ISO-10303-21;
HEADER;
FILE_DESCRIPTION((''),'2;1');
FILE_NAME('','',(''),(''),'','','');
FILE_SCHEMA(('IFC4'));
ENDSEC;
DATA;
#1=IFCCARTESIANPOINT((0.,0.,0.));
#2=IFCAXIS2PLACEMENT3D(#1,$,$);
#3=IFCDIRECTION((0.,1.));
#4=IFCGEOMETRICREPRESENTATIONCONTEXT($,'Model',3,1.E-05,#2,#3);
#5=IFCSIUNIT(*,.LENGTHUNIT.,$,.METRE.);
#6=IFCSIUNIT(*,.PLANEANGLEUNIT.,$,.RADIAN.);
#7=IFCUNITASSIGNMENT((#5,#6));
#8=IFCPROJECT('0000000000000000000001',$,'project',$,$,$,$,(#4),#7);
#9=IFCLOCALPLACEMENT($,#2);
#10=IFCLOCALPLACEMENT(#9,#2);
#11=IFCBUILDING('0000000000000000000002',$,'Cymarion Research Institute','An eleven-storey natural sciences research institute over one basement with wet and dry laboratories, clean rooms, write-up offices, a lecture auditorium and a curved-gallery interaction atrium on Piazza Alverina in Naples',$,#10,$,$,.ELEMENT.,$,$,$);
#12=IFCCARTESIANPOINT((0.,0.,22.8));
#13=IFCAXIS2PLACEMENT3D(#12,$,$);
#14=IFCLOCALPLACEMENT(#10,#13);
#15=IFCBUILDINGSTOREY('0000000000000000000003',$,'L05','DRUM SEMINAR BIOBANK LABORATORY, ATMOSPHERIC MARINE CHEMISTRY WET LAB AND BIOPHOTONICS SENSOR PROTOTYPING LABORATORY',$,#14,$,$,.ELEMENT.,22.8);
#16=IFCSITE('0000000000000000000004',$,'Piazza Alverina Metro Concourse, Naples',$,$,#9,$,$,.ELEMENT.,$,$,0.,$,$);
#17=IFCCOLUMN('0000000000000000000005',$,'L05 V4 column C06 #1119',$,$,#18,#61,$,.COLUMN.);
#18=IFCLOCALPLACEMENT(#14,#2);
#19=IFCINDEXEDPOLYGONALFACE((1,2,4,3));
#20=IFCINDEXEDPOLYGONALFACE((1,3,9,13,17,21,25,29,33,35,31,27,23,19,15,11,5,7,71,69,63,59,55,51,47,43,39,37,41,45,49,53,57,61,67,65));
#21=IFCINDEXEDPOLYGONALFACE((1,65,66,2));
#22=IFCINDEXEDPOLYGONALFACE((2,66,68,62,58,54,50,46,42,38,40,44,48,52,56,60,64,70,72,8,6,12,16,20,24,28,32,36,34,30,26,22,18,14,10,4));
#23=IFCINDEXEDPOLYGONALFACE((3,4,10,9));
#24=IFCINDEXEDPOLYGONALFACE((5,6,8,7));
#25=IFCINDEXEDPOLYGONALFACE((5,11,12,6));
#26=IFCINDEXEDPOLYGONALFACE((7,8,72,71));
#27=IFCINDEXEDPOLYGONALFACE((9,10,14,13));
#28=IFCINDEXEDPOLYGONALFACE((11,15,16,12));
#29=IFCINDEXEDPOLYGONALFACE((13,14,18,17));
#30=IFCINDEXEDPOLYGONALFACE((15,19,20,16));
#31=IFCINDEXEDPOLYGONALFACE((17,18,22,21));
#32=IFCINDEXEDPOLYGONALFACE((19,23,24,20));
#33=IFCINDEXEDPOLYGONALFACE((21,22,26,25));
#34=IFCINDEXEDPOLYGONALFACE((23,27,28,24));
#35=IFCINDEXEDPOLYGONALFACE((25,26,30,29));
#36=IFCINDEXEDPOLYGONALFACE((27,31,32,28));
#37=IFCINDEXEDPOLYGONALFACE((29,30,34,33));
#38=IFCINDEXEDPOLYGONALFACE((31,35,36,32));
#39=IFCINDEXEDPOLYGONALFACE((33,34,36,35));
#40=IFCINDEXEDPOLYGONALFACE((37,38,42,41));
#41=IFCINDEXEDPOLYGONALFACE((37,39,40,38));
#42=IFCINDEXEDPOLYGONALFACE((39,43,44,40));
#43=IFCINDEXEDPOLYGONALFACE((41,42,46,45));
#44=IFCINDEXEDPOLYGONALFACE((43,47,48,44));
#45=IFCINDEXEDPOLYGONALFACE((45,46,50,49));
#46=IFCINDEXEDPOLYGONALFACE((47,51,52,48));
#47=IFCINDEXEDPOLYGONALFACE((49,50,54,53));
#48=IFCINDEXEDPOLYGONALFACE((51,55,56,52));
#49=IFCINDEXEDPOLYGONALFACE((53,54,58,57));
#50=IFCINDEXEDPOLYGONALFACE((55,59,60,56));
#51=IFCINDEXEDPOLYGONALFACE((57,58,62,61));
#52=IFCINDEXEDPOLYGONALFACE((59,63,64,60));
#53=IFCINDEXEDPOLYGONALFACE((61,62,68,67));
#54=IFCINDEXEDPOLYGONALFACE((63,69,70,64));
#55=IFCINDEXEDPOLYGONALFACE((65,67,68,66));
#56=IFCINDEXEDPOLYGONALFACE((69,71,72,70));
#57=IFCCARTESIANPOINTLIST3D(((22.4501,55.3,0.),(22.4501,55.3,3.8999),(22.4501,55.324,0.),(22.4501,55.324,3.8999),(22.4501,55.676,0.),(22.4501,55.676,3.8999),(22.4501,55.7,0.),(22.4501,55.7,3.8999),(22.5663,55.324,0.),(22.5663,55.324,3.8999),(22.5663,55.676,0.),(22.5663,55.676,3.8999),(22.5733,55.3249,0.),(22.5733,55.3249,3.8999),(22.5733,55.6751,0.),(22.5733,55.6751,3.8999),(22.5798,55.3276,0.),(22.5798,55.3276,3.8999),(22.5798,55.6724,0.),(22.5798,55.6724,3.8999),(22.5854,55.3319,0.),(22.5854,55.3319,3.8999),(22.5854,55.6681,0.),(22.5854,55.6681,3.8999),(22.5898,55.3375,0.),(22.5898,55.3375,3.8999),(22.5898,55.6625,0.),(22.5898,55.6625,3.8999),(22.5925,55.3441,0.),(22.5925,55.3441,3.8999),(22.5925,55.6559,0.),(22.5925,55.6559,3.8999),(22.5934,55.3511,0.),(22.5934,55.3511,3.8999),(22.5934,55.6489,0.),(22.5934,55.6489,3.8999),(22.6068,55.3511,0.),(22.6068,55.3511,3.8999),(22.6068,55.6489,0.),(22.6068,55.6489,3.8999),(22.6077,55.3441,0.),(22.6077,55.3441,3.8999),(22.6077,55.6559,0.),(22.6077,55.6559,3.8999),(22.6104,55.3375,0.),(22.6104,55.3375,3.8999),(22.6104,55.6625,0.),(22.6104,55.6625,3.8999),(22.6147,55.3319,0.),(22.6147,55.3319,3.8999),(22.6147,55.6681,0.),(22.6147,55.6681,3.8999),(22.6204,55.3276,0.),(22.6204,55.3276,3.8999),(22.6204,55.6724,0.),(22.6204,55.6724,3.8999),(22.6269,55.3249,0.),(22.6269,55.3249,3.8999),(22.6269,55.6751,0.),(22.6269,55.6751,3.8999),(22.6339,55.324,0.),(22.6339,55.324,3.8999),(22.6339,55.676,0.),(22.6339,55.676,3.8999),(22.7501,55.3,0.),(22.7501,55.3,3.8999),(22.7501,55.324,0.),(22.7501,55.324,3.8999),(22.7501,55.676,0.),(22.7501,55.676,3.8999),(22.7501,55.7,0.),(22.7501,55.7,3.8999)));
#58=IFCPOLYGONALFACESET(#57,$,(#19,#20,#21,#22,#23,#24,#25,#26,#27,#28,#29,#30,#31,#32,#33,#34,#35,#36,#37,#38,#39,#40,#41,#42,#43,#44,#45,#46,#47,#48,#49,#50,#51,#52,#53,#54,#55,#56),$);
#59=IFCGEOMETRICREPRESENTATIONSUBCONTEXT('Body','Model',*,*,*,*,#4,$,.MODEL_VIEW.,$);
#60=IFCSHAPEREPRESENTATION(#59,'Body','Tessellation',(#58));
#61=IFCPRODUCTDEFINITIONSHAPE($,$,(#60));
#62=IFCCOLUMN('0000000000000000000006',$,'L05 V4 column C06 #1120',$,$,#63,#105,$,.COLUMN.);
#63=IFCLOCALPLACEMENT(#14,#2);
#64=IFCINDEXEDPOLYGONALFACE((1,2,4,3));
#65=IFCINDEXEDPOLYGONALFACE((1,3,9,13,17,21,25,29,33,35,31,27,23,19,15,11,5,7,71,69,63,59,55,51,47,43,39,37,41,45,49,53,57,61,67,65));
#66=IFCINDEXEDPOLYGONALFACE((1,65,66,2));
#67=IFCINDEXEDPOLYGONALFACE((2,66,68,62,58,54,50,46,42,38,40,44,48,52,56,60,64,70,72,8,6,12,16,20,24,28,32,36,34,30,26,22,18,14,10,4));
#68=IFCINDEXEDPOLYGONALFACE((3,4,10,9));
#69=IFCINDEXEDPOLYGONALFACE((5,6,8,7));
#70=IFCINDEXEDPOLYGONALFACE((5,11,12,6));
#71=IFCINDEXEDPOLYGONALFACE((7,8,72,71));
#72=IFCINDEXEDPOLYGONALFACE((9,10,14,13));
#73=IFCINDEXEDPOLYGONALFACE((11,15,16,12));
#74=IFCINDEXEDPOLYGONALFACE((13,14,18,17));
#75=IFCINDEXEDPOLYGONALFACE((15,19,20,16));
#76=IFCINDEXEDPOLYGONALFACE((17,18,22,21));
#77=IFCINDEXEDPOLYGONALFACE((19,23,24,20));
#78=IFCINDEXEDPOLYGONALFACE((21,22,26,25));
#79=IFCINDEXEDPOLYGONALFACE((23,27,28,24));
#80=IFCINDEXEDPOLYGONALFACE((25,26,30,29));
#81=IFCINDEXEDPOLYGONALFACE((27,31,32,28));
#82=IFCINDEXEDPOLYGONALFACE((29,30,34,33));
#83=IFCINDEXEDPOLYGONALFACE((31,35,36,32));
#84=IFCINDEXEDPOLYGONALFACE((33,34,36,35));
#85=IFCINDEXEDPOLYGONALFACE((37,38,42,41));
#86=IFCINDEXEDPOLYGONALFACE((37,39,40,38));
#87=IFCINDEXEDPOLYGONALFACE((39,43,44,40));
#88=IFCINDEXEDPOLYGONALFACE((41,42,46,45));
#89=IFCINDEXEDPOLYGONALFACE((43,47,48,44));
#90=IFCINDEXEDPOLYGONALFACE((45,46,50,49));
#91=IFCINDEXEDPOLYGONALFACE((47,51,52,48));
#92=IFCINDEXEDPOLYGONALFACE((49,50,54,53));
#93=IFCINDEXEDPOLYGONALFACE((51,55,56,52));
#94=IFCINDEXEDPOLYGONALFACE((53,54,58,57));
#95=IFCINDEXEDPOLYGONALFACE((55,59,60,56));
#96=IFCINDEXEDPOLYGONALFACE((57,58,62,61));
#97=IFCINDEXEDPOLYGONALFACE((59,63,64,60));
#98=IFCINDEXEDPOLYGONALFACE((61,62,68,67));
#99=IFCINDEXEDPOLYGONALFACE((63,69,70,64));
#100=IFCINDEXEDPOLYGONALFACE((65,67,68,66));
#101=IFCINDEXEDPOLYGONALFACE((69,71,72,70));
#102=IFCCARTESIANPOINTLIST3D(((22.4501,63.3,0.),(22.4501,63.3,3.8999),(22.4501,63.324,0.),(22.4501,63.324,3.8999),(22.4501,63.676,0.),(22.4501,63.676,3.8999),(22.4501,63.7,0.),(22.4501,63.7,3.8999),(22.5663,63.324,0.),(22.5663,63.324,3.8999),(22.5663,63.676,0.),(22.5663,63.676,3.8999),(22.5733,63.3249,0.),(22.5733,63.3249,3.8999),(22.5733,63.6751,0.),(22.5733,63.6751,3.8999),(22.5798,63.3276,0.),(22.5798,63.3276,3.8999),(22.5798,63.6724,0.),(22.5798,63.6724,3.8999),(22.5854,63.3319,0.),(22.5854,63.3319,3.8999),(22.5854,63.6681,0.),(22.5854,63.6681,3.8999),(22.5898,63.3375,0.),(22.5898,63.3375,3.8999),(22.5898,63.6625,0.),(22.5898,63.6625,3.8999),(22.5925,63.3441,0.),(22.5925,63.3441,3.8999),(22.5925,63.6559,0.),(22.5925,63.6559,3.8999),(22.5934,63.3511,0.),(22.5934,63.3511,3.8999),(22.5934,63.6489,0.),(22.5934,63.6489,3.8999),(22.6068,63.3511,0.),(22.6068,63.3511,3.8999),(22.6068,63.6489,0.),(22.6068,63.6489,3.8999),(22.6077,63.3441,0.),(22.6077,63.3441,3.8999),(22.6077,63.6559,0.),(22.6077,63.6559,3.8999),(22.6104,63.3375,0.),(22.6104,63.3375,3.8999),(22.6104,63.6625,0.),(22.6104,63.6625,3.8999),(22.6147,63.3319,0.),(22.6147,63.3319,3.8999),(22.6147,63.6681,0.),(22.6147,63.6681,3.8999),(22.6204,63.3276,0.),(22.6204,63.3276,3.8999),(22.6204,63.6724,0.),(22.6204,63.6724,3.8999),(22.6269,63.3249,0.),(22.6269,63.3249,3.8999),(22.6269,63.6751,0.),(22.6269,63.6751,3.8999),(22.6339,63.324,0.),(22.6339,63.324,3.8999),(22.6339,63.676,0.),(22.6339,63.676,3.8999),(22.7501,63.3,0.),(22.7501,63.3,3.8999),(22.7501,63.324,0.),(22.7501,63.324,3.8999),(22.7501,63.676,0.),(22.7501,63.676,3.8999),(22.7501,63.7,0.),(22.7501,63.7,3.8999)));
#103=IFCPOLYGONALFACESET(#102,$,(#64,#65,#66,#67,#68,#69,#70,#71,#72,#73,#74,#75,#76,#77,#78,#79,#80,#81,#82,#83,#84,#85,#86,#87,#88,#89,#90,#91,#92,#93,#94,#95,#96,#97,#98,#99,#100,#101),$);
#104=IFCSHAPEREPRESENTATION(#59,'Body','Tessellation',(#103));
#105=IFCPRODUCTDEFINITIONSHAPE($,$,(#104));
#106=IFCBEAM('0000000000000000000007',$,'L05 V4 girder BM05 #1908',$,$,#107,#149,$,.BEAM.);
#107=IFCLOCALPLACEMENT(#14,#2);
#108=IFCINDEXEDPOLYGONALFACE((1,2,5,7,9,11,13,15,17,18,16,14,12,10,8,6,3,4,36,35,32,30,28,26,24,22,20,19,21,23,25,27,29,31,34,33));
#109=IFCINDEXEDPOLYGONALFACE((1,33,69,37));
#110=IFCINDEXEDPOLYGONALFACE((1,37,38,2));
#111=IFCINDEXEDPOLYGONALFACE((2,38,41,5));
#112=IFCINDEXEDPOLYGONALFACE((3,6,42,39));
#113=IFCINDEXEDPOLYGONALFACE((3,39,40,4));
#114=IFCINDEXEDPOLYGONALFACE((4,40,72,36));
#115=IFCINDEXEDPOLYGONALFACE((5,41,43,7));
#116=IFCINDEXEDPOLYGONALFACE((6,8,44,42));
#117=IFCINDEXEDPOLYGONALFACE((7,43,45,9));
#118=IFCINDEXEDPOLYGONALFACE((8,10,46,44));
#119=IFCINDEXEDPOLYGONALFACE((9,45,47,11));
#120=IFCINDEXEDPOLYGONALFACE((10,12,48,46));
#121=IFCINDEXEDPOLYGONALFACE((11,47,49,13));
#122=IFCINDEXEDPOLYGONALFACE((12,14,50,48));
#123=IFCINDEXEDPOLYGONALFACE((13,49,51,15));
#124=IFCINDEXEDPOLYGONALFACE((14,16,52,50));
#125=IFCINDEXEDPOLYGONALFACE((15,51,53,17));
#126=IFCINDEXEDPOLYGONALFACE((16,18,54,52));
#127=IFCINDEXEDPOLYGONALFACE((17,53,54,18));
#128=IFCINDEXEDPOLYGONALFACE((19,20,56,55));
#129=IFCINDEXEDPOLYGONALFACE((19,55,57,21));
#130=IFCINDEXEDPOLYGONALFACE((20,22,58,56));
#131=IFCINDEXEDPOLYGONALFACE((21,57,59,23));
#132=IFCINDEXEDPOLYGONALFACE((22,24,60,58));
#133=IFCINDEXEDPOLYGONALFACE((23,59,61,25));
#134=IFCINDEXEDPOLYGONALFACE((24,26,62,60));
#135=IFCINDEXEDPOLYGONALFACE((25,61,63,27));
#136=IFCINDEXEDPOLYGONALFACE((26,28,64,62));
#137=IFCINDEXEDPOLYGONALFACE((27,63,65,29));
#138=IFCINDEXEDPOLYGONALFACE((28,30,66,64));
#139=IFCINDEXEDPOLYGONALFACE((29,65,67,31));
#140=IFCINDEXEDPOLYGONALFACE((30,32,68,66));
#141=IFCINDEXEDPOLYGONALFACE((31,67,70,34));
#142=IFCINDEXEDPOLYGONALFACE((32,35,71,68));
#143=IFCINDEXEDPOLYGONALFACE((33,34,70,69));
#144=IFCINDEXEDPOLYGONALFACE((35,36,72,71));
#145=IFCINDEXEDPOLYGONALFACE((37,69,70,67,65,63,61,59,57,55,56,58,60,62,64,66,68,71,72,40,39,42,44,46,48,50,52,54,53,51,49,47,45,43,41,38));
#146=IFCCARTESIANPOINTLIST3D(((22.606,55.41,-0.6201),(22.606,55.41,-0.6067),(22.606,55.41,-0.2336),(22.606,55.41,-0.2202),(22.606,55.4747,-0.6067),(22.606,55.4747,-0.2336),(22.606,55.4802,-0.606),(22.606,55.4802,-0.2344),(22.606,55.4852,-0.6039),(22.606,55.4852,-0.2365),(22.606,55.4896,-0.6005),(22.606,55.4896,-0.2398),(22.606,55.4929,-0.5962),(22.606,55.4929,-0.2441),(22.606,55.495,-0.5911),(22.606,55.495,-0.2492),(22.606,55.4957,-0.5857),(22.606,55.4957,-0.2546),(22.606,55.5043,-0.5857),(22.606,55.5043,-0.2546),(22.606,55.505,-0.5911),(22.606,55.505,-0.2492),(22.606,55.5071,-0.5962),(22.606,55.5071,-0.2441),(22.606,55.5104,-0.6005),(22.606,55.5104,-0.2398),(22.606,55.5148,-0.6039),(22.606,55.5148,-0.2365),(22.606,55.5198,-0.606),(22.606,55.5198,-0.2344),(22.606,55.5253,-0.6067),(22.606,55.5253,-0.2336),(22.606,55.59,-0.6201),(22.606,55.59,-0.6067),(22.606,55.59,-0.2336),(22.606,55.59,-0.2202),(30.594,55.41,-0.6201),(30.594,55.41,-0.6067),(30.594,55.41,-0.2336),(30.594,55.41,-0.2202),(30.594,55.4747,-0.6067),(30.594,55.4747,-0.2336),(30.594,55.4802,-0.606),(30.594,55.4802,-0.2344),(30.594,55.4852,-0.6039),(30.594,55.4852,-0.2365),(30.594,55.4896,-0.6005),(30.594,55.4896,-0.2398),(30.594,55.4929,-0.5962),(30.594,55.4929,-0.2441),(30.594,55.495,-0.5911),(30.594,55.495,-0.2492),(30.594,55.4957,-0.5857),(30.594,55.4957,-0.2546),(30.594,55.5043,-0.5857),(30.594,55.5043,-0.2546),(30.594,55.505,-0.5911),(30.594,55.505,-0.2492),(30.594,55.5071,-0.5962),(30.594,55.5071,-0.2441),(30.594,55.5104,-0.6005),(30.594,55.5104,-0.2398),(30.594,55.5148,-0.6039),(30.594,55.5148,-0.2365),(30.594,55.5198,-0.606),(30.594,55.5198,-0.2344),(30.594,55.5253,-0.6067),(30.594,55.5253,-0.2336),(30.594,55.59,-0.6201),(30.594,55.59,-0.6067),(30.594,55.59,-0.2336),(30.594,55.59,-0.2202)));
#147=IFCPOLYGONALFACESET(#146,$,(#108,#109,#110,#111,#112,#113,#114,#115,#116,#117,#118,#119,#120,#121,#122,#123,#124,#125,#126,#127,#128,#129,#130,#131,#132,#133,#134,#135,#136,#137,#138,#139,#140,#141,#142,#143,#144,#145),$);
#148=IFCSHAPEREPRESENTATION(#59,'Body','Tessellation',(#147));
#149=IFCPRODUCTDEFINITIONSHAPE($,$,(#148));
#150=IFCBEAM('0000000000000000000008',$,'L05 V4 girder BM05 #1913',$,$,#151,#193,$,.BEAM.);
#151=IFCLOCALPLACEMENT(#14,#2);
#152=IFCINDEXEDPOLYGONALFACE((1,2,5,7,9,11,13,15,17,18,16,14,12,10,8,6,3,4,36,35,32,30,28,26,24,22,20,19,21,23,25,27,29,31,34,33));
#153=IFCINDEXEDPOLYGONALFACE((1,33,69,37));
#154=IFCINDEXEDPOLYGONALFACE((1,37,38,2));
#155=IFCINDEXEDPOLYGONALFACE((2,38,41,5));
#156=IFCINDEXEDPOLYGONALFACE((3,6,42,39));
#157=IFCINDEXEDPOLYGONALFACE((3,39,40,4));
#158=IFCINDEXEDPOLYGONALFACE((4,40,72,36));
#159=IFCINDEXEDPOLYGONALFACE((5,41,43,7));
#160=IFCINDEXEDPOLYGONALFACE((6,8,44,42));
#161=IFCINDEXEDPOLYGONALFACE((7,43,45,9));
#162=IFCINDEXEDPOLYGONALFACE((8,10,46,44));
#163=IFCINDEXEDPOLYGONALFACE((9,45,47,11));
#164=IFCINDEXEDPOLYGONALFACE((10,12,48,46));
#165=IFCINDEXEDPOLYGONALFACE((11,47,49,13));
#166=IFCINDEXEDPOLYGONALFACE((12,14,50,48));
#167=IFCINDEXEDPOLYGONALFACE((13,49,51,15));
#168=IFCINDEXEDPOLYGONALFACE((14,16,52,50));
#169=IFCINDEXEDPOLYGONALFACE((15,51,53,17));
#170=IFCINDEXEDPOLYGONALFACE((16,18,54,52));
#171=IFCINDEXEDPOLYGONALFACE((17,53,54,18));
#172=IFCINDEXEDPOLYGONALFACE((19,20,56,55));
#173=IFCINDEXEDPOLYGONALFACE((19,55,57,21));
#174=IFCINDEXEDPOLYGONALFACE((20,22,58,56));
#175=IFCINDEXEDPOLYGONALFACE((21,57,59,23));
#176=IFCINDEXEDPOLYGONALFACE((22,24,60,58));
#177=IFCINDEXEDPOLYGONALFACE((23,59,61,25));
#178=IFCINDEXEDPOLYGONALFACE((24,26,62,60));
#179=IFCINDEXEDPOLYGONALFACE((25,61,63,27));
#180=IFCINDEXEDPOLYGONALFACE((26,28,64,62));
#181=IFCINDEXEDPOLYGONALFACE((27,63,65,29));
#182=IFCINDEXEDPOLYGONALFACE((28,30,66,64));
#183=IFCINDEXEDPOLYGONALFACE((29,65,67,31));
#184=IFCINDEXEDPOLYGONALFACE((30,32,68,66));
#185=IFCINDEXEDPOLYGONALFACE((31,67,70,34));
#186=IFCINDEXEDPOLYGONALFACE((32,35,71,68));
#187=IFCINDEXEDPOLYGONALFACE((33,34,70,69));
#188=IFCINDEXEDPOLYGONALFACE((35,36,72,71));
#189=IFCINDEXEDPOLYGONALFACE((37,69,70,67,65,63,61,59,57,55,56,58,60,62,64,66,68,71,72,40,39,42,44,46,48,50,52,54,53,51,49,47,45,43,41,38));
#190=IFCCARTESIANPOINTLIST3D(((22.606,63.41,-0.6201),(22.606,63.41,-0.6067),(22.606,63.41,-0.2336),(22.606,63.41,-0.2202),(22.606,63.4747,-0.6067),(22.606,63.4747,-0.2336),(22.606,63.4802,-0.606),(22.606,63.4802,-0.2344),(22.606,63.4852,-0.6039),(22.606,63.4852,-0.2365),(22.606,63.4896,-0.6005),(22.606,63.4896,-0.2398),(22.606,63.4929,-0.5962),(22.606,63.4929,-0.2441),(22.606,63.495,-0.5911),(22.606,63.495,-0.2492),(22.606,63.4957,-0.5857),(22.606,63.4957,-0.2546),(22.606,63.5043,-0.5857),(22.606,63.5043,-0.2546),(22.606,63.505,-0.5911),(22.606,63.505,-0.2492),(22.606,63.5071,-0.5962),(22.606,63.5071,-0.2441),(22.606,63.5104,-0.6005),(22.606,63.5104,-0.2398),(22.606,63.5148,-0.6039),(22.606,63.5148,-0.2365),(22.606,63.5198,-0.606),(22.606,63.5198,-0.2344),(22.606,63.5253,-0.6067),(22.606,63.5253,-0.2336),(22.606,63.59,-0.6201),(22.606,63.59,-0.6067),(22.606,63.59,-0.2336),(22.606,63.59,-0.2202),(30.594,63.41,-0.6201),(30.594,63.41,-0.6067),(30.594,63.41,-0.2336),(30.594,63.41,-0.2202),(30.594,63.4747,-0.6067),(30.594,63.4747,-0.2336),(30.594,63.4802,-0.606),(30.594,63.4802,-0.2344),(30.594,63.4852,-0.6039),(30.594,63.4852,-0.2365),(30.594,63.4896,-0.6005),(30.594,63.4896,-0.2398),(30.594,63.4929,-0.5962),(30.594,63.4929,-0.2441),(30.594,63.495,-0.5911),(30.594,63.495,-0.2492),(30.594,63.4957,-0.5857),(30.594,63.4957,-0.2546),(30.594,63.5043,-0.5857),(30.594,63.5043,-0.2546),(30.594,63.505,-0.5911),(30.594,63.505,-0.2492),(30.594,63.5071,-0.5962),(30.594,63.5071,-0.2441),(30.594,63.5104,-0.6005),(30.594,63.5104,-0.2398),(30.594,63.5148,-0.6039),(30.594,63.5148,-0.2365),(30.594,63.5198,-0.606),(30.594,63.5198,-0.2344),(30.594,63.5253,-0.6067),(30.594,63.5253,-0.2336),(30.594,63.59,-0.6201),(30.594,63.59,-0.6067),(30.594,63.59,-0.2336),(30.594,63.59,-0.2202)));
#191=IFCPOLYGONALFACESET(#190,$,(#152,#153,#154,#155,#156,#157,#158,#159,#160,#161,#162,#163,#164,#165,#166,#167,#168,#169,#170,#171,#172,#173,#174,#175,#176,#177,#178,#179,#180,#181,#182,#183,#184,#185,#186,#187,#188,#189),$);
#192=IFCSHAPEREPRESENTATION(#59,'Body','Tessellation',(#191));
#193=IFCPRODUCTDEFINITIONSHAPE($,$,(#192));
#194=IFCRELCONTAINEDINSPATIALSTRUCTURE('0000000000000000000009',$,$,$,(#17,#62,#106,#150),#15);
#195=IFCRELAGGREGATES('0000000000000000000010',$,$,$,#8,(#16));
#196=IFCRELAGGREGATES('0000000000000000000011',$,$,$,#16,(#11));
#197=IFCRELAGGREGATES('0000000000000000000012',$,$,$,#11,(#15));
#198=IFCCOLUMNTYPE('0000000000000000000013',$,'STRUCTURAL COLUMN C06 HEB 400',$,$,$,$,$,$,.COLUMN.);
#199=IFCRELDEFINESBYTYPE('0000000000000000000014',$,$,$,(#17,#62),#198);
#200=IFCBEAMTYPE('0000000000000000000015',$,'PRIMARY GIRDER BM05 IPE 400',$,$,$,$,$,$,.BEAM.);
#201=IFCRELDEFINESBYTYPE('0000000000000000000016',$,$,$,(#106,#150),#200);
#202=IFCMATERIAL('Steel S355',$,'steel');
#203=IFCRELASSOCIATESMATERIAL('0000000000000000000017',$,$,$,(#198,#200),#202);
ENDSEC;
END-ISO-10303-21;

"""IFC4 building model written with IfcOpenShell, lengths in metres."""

from ifc_helpers import new_model, si_unit, direction, frame, origin, origin_2d, place, context, subcontext, project, spatial, i_section, extrude, material, material_profile, profile_set, type_object, element, save


model = new_model("IFC4")

# Units and contexts
model_context = context("Model", 3, precision=1e-05, world=origin(), true_north=direction((0.0, 1.0)))
body_context = subcontext(model_context, "Body", "Model", "MODEL_VIEW")
ifc_project = project(units=[si_unit("LENGTHUNIT", "METRE"), si_unit("PLANEANGLEUNIT", "RADIAN")], contexts=[model_context])

# Site, building, storey
site_placement = place(None, origin())
site = spatial("IfcSite", under=ifc_project, at=site_placement, Name="Piazza Alverina Metro Concourse, Naples", CompositionType="ELEMENT", RefElevation=0.0)
building_placement = place(site_placement, origin())
building = spatial("IfcBuilding", under=site, at=building_placement, Name="Cymarion Research Institute", Description="An eleven-storey natural sciences research institute over one basement with wet and dry laboratories, clean rooms, write-up offices, a lecture auditorium and a curved-gallery interaction atrium on Piazza Alverina in Naples", CompositionType="ELEMENT")
storey_placement = place(building_placement, frame((0.0, 0.0, 22.8)))
storey = spatial("IfcBuildingStorey", under=building, at=storey_placement, Name="L05", Description="DRUM SEMINAR BIOBANK LABORATORY, ATMOSPHERIC MARINE CHEMISTRY WET LAB AND BIOPHOTONICS SENSOR PROTOTYPING LABORATORY", CompositionType="ELEMENT", Elevation=22.8)

# Columns
ifc_material_1 = material(Name="Steel S355", Category="steel")
ifc_material_profile_1 = material_profile(ifc_material_1, i_section(OverallWidth=0.3, OverallDepth=0.3999, WebThickness=0.0134, FlangeThickness=0.0239, FilletRadius=0.0271, at=origin_2d()), Name="HEB 400")
ifc_profile_set_1 = profile_set([ifc_material_profile_1], Name="Steel S355")
column_type = type_object("IfcColumnType", Name="STRUCTURAL COLUMN C06 HEB 400", PredefinedType="COLUMN", material=ifc_profile_set_1)
for number, where, z_axis, x_axis, name in (
    (1, (22.6001, 55.5, 0.0), (0.0, 0.0, 1.0), (1.0, 0.0, 0.0), "L05 V4 column C06 #1119"),
    (2, (22.6001, 63.5, 0.0), (0.0, 0.0, 1.0), (1.0, 0.0, 0.0), "L05 V4 column C06 #1120"),
):
    element("IfcColumn", number, at=place(storey_placement, frame(where, z_axis=z_axis, x_axis=x_axis)), inside=storey, type_object=column_type, Name=name, PredefinedType="COLUMN", context=body_context, shape_type="SweptSolid", body=[
        extrude(i_section(OverallWidth=0.3, OverallDepth=0.3999, WebThickness=0.0134, FlangeThickness=0.0239, FilletRadius=0.0271, at=origin_2d()), origin(), (0.0, 0.0, 1.0), 3.8999),
    ])

# Beams
ifc_material_profile_2 = material_profile(ifc_material_1, i_section(OverallWidth=0.1799, OverallDepth=0.3999, WebThickness=0.0085, FlangeThickness=0.0134, FilletRadius=0.021, at=origin_2d()), Name="IPE 400")
ifc_profile_set_2 = profile_set([ifc_material_profile_2], Name="Steel S355")
beam_type_1 = type_object("IfcBeamType", Name="PRIMARY GIRDER BM05 IPE 400", PredefinedType="BEAM", material=ifc_profile_set_2)
for number, where, z_axis, x_axis, name in (
    (3, (22.606, 55.5, -0.4202), (1.0, 0.0, 0.0), (0.0, 1.0, 0.0), "L05 V4 girder BM05 #1908"),
    (4, (22.606, 63.5, -0.4202), (1.0, 0.0, 0.0), (0.0, 1.0, 0.0), "L05 V4 girder BM05 #1913"),
):
    element("IfcBeam", number, at=place(storey_placement, frame(where, z_axis=z_axis, x_axis=x_axis)), inside=storey, type_object=beam_type_1, Name=name, PredefinedType="BEAM", context=body_context, shape_type="SweptSolid", body=[
        extrude(i_section(OverallWidth=0.1799, OverallDepth=0.3999, WebThickness=0.0085, FlangeThickness=0.0134, FilletRadius=0.021, at=origin_2d()), origin(), (0.0, 0.0, 1.0), 7.988),
    ])

save(model, "model.ifc")
